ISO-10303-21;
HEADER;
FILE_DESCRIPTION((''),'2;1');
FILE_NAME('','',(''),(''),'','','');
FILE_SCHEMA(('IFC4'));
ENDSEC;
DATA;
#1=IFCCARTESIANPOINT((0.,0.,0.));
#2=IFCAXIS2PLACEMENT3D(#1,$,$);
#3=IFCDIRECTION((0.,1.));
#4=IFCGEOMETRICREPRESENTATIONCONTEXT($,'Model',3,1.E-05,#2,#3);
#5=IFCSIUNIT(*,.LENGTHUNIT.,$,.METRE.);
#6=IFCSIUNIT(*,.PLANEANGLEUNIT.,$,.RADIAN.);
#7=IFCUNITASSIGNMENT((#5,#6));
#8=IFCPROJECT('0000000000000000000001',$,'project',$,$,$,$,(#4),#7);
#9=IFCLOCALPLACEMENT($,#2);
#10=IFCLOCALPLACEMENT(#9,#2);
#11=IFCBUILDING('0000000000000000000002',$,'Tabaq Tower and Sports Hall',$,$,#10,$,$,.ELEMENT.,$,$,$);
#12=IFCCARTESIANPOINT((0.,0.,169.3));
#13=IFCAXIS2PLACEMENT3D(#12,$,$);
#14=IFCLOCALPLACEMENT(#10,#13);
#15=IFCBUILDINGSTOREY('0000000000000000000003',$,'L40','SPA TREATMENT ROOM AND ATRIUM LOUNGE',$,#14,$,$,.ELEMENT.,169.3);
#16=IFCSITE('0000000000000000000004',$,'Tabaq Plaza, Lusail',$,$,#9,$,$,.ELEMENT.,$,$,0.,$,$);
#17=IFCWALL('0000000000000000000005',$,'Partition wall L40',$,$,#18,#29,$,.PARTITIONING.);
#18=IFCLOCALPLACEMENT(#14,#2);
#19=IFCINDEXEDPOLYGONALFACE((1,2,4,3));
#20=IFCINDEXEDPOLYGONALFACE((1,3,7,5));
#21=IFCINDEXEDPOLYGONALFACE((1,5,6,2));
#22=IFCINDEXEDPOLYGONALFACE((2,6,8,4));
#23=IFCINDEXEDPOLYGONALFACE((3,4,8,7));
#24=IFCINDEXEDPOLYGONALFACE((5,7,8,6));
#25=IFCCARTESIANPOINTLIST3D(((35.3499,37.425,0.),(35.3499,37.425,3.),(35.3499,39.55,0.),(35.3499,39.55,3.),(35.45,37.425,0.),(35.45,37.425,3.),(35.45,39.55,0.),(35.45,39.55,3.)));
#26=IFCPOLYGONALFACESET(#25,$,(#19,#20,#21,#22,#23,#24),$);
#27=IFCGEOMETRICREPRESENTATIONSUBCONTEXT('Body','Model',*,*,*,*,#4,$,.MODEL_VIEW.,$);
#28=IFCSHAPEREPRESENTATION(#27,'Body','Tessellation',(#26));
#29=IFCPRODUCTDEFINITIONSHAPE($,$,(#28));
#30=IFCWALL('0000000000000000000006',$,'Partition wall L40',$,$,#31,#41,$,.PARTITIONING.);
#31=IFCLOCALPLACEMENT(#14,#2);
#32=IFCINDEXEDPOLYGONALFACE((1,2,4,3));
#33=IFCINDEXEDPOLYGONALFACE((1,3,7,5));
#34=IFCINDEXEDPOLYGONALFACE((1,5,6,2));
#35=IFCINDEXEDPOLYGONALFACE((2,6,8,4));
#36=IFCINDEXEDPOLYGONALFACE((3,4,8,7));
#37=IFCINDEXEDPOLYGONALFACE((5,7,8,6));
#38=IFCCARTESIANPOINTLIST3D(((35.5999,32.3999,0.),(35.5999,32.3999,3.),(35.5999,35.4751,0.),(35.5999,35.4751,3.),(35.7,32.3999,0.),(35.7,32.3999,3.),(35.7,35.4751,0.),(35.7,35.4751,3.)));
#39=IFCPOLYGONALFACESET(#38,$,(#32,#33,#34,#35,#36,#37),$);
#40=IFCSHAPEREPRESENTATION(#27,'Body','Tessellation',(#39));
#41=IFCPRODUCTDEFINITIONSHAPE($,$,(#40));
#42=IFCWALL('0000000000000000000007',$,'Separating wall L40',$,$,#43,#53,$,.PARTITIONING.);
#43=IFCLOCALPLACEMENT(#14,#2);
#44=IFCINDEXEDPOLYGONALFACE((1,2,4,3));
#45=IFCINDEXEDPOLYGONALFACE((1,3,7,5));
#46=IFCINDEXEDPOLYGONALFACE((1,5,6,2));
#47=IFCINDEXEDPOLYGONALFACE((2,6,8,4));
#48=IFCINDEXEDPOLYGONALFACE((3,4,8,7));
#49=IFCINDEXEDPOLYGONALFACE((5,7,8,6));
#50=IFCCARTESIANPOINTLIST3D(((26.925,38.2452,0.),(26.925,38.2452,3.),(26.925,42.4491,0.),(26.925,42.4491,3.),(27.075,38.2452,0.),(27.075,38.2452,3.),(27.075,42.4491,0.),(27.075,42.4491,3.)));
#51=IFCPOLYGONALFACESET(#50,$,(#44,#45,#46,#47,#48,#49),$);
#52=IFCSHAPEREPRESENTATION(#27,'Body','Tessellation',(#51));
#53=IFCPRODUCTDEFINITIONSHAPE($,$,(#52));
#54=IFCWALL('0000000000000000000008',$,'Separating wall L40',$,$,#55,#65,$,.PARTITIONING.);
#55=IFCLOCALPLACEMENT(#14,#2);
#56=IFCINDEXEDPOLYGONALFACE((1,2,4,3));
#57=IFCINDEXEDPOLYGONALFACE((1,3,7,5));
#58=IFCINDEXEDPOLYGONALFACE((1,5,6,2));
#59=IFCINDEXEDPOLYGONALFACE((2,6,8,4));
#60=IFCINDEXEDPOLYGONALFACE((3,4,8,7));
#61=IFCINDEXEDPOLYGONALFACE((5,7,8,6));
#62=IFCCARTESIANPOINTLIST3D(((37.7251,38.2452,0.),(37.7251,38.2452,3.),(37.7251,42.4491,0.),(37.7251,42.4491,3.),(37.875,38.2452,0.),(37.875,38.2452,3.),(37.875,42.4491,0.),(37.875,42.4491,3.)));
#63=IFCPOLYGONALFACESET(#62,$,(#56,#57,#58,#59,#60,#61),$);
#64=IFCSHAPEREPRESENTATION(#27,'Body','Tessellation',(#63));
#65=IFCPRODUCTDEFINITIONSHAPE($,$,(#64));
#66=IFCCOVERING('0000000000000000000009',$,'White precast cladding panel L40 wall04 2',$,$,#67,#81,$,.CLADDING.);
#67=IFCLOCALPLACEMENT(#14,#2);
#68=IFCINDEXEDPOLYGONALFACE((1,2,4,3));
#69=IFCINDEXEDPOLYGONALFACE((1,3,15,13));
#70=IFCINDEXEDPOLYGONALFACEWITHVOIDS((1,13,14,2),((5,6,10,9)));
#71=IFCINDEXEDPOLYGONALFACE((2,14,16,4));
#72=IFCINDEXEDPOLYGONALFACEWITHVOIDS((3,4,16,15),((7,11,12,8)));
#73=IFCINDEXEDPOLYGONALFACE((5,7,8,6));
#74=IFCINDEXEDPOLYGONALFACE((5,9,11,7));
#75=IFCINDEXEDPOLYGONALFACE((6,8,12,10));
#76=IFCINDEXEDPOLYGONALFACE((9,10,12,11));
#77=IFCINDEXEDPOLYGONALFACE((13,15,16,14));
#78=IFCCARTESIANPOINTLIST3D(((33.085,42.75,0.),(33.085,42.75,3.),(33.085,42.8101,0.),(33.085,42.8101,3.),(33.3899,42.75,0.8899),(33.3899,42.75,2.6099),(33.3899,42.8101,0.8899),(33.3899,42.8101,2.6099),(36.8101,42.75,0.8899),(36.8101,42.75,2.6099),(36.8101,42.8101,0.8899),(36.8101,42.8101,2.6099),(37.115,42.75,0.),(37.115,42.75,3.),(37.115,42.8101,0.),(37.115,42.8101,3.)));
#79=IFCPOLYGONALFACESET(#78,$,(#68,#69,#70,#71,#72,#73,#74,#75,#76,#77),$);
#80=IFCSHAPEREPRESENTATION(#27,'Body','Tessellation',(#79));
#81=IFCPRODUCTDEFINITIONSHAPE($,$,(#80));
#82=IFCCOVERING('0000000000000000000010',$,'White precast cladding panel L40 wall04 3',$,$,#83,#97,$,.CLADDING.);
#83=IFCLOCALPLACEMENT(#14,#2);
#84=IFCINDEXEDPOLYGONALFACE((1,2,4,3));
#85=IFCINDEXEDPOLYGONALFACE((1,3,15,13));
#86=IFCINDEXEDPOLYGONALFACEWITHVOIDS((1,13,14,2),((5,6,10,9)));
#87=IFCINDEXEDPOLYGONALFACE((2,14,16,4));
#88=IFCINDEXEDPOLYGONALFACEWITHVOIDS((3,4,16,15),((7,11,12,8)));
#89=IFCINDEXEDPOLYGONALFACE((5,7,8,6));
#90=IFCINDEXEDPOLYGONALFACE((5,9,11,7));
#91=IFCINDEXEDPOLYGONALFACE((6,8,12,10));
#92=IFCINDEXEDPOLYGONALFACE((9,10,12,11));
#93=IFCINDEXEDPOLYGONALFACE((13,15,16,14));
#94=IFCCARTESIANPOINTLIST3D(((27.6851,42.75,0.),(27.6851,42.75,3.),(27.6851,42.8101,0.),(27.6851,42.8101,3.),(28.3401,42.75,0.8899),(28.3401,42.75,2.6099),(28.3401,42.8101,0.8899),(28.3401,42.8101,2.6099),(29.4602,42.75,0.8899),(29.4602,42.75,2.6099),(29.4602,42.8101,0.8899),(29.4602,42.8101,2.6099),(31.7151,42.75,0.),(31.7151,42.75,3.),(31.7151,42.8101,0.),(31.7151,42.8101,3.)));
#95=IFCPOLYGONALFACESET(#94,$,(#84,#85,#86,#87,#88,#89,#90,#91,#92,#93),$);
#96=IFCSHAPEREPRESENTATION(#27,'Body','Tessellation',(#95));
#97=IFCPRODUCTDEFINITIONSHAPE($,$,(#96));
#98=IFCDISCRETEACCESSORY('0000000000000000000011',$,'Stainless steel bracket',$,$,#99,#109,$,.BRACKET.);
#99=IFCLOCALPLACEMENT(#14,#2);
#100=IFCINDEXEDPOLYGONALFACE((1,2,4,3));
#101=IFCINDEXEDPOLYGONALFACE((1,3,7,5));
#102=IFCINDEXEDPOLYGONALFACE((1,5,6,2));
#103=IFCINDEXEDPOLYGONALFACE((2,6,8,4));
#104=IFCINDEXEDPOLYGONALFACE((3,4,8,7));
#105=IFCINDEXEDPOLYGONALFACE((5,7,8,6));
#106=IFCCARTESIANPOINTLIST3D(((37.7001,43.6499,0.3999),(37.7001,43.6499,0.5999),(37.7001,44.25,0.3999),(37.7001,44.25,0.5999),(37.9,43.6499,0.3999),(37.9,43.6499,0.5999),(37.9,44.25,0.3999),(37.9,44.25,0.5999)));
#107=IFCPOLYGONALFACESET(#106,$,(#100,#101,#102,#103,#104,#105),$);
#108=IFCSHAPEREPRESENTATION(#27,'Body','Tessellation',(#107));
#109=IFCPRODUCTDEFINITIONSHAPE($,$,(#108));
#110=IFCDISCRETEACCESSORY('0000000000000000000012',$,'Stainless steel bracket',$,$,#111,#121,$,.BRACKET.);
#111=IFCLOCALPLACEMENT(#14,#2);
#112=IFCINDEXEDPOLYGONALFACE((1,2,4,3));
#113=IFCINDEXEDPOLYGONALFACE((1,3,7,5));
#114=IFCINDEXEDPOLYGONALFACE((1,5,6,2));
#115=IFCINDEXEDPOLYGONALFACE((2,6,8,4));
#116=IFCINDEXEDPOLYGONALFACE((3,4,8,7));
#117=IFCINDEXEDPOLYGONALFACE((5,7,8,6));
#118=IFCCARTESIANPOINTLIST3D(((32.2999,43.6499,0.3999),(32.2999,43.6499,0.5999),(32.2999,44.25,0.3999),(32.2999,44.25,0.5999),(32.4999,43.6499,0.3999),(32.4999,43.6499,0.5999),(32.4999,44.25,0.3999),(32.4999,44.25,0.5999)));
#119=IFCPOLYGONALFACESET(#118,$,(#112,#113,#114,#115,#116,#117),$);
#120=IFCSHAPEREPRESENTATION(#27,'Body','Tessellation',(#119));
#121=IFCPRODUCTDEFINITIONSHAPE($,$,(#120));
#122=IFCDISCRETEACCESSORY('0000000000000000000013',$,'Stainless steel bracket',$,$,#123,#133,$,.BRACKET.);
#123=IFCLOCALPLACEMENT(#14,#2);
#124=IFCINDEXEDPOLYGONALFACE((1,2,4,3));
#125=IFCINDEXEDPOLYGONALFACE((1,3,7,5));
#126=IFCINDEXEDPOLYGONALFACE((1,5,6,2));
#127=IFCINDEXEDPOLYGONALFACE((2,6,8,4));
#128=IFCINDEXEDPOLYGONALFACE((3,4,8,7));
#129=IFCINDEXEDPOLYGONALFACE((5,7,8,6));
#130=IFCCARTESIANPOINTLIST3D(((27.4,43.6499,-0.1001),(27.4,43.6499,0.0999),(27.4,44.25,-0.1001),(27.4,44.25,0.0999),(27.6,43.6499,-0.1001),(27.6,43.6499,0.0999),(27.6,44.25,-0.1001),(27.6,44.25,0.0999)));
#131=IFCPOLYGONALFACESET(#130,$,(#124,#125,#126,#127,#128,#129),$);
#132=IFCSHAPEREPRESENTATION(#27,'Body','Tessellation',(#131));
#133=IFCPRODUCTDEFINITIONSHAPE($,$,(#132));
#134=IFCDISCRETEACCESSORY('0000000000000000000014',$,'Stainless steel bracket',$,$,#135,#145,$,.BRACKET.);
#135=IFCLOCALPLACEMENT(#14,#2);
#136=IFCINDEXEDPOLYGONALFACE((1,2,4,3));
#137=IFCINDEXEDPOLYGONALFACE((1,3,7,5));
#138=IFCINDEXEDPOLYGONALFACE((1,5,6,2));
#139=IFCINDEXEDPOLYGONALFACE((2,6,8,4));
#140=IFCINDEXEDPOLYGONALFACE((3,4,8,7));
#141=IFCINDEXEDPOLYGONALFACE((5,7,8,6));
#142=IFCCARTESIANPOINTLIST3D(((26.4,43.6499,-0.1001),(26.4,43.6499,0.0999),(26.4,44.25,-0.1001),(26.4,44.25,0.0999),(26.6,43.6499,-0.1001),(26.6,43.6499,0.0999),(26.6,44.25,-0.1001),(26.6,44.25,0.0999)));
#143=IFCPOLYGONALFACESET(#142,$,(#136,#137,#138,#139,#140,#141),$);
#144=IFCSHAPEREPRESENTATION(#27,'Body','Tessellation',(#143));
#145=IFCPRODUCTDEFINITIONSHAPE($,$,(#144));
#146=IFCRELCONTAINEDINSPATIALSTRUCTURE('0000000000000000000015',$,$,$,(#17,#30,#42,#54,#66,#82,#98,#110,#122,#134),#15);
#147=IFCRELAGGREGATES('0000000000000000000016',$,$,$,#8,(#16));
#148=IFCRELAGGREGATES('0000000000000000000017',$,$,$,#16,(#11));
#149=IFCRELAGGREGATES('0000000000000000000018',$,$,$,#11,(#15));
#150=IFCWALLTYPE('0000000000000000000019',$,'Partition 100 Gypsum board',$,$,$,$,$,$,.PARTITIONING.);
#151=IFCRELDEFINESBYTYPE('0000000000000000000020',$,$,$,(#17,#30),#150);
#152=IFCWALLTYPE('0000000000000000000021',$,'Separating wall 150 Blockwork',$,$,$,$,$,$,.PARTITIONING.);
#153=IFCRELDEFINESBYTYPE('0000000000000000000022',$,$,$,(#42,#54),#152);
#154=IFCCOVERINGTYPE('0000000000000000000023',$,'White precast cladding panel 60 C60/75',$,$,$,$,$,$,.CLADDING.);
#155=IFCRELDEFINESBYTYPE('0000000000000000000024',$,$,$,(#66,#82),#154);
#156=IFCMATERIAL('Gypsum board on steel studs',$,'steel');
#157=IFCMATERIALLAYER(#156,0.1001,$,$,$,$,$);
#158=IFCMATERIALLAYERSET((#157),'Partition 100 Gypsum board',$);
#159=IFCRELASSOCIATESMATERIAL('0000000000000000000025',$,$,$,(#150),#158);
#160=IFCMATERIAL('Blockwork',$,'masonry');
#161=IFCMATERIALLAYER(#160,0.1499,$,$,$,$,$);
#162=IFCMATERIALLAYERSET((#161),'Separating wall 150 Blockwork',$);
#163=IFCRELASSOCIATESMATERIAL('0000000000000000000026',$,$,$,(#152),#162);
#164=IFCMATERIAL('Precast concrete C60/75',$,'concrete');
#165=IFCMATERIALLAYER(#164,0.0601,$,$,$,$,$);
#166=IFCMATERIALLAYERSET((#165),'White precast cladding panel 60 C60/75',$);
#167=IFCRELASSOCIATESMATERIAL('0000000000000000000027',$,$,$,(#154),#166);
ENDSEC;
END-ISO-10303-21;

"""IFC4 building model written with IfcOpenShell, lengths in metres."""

from ifc_helpers import new_model, si_unit, direction, frame, frame_2d, origin, origin_2d, place, context, subcontext, project, spatial, polyline, rectangle, outline, extrude, material, layer, layer_set, type_object, element, save


model = new_model("IFC4")

# Units and contexts
model_context = context("Model", 3, precision=1e-05, world=origin(), true_north=direction((0.0, 1.0)))
body_context = subcontext(model_context, "Body", "Model", "MODEL_VIEW")
ifc_project = project(units=[si_unit("LENGTHUNIT", "METRE"), si_unit("PLANEANGLEUNIT", "RADIAN")], contexts=[model_context])

# Site, building, storey
site_placement = place(None, origin())
site = spatial("IfcSite", under=ifc_project, at=site_placement, Name="Tabaq Plaza, Lusail", CompositionType="ELEMENT", RefElevation=0.0)
building_placement = place(site_placement, origin())
building = spatial("IfcBuilding", under=site, at=building_placement, Name="Tabaq Tower and Sports Hall", CompositionType="ELEMENT")
storey_placement = place(building_placement, frame((0.0, 0.0, 169.3)))
storey = spatial("IfcBuildingStorey", under=building, at=storey_placement, Name="L40", Description="SPA TREATMENT ROOM AND ATRIUM LOUNGE", CompositionType="ELEMENT", Elevation=169.3)

# Shared definitions
ifc_material_1 = material(Name="Gypsum board on steel studs", Category="steel")
ifc_layer_1 = layer(ifc_material_1, 0.1001)
ifc_layer_set_1 = layer_set([ifc_layer_1], Name="Partition 100 Gypsum board")
wall_type_1 = type_object("IfcWallType", Name="Partition 100 Gypsum board", PredefinedType="PARTITIONING", material=ifc_layer_set_1)

# Walls
wall_1_placement = place(storey_placement, frame((35.3999, 39.55, 0.0), z_axis=(0.0, 0.0, 1.0), x_axis=(0.0, -1.0, 0.0)))
element("IfcWall", 1, at=wall_1_placement, inside=storey, type_object=wall_type_1, Name="Partition wall L40", PredefinedType="PARTITIONING", context=body_context, shape_type="SweptSolid", body=[
    extrude(rectangle(XDim=2.125, YDim=0.1001, at=frame_2d((1.0625, 0.0))), origin(), (0.0, 0.0, 1.0), 3.0),
])
wall_2_placement = place(storey_placement, frame((35.6499, 35.4751, 0.0), z_axis=(0.0, 0.0, 1.0), x_axis=(0.0, -1.0, 0.0)))
element("IfcWall", 2, at=wall_2_placement, inside=storey, type_object=wall_type_1, Name="Partition wall L40", PredefinedType="PARTITIONING", context=body_context, shape_type="SweptSolid", body=[
    extrude(rectangle(XDim=3.0752, YDim=0.1001, at=frame_2d((1.5376, 0.0))), origin(), (0.0, 0.0, 1.0), 3.0),
])
ifc_material_2 = material(Name="Blockwork", Category="masonry")
ifc_layer_2 = layer(ifc_material_2, 0.1499)
ifc_layer_set_2 = layer_set([ifc_layer_2], Name="Separating wall 150 Blockwork")
wall_type_2 = type_object("IfcWallType", Name="Separating wall 150 Blockwork", PredefinedType="PARTITIONING", material=ifc_layer_set_2)
for number, where, z_axis, x_axis, name in (
    (3, (27.0, 38.2451, 0.0), (0.0, 0.0, 1.0), (0.0, 1.0, 0.0), "Separating wall L40"),
    (4, (37.8, 38.2451, 0.0), (0.0, 0.0, 1.0), (0.0, 1.0, 0.0), "Separating wall L40"),
):
    element("IfcWall", number, at=place(storey_placement, frame(where, z_axis=z_axis, x_axis=x_axis)), inside=storey, type_object=wall_type_2, Name=name, PredefinedType="PARTITIONING", context=body_context, shape_type="SweptSolid", body=[
        extrude(rectangle(XDim=4.2039, YDim=0.1499, at=frame_2d((2.1021, 0.0))), origin(), (0.0, 0.0, 1.0), 3.0),
    ])

# Coverings
ifc_material_3 = material(Name="Precast concrete C60/75", Category="concrete")
ifc_layer_3 = layer(ifc_material_3, 0.0601)
ifc_layer_set_3 = layer_set([ifc_layer_3], Name="White precast cladding panel 60 C60/75")
covering_type = type_object("IfcCoveringType", Name="White precast cladding panel 60 C60/75", PredefinedType="CLADDING", material=ifc_layer_set_3)
covering_1_placement = place(storey_placement, frame((37.115, 42.78, 0.0), z_axis=(0.0, 0.0, 1.0), x_axis=(-1.0, 0.0, 0.0)))
element("IfcCovering", 5, at=covering_1_placement, inside=storey, type_object=covering_type, Name="White precast cladding panel L40 wall04 2", PredefinedType="CLADDING", context=body_context, shape_type="SweptSolid", body=[
    extrude(outline(polyline([(0.0, 0.0), (4.03, 0.0), (4.03, 3.0), (0.0, 3.0), (0.0, 0.0)]), holes=[polyline([(0.3049, 0.8899), (0.3049, 2.6099), (3.7251, 2.6099), (3.7251, 0.8899), (0.3049, 0.8899)])]), frame((0.0, 0.03, 0.0), z_axis=(0.0, -1.0, 0.0), x_axis=(1.0, 0.0, 0.0)), (0.0, 0.0, 1.0), 0.0601),
])
covering_2_placement = place(storey_placement, frame((31.7151, 42.78, 0.0), z_axis=(0.0, 0.0, 1.0), x_axis=(-1.0, 0.0, 0.0)))
element("IfcCovering", 6, at=covering_2_placement, inside=storey, type_object=covering_type, Name="White precast cladding panel L40 wall04 3", PredefinedType="CLADDING", context=body_context, shape_type="SweptSolid", body=[
    extrude(outline(polyline([(0.0, 0.0), (4.03, 0.0), (4.03, 3.0), (0.0, 3.0), (0.0, 0.0)]), holes=[polyline([(2.2549, 0.8899), (2.2549, 2.6099), (3.375, 2.6099), (3.375, 0.8899), (2.2549, 0.8899)])]), frame((0.0, 0.03, 0.0), z_axis=(0.0, -1.0, 0.0), x_axis=(1.0, 0.0, 0.0)), (0.0, 0.0, 1.0), 0.0601),
])

# Discrete accessories
for number, where, z_axis, x_axis, name in (
    (7, (37.8, 43.95, 0.3999), (0.0, 0.0, 1.0), (0.0, 1.0, 0.0), "Stainless steel bracket"),
    (8, (32.3999, 43.95, 0.3999), (0.0, 0.0, 1.0), (0.0, 1.0, 0.0), "Stainless steel bracket"),
    (9, (27.5, 43.95, -0.1001), (0.0, 0.0, 1.0), (0.0, 1.0, 0.0), "Stainless steel bracket"),
    (10, (26.5, 43.95, -0.1001), (0.0, 0.0, 1.0), (0.0, 1.0, 0.0), "Stainless steel bracket"),
):
    element("IfcDiscreteAccessory", number, at=place(storey_placement, frame(where, z_axis=z_axis, x_axis=x_axis)), inside=storey, Name=name, PredefinedType="BRACKET", context=body_context, shape_type="SweptSolid", body=[
        extrude(rectangle(XDim=0.6001, YDim=0.2, at=origin_2d()), origin(), (0.0, 0.0, 1.0), 0.2),
    ])

save(model, "model.ifc")
